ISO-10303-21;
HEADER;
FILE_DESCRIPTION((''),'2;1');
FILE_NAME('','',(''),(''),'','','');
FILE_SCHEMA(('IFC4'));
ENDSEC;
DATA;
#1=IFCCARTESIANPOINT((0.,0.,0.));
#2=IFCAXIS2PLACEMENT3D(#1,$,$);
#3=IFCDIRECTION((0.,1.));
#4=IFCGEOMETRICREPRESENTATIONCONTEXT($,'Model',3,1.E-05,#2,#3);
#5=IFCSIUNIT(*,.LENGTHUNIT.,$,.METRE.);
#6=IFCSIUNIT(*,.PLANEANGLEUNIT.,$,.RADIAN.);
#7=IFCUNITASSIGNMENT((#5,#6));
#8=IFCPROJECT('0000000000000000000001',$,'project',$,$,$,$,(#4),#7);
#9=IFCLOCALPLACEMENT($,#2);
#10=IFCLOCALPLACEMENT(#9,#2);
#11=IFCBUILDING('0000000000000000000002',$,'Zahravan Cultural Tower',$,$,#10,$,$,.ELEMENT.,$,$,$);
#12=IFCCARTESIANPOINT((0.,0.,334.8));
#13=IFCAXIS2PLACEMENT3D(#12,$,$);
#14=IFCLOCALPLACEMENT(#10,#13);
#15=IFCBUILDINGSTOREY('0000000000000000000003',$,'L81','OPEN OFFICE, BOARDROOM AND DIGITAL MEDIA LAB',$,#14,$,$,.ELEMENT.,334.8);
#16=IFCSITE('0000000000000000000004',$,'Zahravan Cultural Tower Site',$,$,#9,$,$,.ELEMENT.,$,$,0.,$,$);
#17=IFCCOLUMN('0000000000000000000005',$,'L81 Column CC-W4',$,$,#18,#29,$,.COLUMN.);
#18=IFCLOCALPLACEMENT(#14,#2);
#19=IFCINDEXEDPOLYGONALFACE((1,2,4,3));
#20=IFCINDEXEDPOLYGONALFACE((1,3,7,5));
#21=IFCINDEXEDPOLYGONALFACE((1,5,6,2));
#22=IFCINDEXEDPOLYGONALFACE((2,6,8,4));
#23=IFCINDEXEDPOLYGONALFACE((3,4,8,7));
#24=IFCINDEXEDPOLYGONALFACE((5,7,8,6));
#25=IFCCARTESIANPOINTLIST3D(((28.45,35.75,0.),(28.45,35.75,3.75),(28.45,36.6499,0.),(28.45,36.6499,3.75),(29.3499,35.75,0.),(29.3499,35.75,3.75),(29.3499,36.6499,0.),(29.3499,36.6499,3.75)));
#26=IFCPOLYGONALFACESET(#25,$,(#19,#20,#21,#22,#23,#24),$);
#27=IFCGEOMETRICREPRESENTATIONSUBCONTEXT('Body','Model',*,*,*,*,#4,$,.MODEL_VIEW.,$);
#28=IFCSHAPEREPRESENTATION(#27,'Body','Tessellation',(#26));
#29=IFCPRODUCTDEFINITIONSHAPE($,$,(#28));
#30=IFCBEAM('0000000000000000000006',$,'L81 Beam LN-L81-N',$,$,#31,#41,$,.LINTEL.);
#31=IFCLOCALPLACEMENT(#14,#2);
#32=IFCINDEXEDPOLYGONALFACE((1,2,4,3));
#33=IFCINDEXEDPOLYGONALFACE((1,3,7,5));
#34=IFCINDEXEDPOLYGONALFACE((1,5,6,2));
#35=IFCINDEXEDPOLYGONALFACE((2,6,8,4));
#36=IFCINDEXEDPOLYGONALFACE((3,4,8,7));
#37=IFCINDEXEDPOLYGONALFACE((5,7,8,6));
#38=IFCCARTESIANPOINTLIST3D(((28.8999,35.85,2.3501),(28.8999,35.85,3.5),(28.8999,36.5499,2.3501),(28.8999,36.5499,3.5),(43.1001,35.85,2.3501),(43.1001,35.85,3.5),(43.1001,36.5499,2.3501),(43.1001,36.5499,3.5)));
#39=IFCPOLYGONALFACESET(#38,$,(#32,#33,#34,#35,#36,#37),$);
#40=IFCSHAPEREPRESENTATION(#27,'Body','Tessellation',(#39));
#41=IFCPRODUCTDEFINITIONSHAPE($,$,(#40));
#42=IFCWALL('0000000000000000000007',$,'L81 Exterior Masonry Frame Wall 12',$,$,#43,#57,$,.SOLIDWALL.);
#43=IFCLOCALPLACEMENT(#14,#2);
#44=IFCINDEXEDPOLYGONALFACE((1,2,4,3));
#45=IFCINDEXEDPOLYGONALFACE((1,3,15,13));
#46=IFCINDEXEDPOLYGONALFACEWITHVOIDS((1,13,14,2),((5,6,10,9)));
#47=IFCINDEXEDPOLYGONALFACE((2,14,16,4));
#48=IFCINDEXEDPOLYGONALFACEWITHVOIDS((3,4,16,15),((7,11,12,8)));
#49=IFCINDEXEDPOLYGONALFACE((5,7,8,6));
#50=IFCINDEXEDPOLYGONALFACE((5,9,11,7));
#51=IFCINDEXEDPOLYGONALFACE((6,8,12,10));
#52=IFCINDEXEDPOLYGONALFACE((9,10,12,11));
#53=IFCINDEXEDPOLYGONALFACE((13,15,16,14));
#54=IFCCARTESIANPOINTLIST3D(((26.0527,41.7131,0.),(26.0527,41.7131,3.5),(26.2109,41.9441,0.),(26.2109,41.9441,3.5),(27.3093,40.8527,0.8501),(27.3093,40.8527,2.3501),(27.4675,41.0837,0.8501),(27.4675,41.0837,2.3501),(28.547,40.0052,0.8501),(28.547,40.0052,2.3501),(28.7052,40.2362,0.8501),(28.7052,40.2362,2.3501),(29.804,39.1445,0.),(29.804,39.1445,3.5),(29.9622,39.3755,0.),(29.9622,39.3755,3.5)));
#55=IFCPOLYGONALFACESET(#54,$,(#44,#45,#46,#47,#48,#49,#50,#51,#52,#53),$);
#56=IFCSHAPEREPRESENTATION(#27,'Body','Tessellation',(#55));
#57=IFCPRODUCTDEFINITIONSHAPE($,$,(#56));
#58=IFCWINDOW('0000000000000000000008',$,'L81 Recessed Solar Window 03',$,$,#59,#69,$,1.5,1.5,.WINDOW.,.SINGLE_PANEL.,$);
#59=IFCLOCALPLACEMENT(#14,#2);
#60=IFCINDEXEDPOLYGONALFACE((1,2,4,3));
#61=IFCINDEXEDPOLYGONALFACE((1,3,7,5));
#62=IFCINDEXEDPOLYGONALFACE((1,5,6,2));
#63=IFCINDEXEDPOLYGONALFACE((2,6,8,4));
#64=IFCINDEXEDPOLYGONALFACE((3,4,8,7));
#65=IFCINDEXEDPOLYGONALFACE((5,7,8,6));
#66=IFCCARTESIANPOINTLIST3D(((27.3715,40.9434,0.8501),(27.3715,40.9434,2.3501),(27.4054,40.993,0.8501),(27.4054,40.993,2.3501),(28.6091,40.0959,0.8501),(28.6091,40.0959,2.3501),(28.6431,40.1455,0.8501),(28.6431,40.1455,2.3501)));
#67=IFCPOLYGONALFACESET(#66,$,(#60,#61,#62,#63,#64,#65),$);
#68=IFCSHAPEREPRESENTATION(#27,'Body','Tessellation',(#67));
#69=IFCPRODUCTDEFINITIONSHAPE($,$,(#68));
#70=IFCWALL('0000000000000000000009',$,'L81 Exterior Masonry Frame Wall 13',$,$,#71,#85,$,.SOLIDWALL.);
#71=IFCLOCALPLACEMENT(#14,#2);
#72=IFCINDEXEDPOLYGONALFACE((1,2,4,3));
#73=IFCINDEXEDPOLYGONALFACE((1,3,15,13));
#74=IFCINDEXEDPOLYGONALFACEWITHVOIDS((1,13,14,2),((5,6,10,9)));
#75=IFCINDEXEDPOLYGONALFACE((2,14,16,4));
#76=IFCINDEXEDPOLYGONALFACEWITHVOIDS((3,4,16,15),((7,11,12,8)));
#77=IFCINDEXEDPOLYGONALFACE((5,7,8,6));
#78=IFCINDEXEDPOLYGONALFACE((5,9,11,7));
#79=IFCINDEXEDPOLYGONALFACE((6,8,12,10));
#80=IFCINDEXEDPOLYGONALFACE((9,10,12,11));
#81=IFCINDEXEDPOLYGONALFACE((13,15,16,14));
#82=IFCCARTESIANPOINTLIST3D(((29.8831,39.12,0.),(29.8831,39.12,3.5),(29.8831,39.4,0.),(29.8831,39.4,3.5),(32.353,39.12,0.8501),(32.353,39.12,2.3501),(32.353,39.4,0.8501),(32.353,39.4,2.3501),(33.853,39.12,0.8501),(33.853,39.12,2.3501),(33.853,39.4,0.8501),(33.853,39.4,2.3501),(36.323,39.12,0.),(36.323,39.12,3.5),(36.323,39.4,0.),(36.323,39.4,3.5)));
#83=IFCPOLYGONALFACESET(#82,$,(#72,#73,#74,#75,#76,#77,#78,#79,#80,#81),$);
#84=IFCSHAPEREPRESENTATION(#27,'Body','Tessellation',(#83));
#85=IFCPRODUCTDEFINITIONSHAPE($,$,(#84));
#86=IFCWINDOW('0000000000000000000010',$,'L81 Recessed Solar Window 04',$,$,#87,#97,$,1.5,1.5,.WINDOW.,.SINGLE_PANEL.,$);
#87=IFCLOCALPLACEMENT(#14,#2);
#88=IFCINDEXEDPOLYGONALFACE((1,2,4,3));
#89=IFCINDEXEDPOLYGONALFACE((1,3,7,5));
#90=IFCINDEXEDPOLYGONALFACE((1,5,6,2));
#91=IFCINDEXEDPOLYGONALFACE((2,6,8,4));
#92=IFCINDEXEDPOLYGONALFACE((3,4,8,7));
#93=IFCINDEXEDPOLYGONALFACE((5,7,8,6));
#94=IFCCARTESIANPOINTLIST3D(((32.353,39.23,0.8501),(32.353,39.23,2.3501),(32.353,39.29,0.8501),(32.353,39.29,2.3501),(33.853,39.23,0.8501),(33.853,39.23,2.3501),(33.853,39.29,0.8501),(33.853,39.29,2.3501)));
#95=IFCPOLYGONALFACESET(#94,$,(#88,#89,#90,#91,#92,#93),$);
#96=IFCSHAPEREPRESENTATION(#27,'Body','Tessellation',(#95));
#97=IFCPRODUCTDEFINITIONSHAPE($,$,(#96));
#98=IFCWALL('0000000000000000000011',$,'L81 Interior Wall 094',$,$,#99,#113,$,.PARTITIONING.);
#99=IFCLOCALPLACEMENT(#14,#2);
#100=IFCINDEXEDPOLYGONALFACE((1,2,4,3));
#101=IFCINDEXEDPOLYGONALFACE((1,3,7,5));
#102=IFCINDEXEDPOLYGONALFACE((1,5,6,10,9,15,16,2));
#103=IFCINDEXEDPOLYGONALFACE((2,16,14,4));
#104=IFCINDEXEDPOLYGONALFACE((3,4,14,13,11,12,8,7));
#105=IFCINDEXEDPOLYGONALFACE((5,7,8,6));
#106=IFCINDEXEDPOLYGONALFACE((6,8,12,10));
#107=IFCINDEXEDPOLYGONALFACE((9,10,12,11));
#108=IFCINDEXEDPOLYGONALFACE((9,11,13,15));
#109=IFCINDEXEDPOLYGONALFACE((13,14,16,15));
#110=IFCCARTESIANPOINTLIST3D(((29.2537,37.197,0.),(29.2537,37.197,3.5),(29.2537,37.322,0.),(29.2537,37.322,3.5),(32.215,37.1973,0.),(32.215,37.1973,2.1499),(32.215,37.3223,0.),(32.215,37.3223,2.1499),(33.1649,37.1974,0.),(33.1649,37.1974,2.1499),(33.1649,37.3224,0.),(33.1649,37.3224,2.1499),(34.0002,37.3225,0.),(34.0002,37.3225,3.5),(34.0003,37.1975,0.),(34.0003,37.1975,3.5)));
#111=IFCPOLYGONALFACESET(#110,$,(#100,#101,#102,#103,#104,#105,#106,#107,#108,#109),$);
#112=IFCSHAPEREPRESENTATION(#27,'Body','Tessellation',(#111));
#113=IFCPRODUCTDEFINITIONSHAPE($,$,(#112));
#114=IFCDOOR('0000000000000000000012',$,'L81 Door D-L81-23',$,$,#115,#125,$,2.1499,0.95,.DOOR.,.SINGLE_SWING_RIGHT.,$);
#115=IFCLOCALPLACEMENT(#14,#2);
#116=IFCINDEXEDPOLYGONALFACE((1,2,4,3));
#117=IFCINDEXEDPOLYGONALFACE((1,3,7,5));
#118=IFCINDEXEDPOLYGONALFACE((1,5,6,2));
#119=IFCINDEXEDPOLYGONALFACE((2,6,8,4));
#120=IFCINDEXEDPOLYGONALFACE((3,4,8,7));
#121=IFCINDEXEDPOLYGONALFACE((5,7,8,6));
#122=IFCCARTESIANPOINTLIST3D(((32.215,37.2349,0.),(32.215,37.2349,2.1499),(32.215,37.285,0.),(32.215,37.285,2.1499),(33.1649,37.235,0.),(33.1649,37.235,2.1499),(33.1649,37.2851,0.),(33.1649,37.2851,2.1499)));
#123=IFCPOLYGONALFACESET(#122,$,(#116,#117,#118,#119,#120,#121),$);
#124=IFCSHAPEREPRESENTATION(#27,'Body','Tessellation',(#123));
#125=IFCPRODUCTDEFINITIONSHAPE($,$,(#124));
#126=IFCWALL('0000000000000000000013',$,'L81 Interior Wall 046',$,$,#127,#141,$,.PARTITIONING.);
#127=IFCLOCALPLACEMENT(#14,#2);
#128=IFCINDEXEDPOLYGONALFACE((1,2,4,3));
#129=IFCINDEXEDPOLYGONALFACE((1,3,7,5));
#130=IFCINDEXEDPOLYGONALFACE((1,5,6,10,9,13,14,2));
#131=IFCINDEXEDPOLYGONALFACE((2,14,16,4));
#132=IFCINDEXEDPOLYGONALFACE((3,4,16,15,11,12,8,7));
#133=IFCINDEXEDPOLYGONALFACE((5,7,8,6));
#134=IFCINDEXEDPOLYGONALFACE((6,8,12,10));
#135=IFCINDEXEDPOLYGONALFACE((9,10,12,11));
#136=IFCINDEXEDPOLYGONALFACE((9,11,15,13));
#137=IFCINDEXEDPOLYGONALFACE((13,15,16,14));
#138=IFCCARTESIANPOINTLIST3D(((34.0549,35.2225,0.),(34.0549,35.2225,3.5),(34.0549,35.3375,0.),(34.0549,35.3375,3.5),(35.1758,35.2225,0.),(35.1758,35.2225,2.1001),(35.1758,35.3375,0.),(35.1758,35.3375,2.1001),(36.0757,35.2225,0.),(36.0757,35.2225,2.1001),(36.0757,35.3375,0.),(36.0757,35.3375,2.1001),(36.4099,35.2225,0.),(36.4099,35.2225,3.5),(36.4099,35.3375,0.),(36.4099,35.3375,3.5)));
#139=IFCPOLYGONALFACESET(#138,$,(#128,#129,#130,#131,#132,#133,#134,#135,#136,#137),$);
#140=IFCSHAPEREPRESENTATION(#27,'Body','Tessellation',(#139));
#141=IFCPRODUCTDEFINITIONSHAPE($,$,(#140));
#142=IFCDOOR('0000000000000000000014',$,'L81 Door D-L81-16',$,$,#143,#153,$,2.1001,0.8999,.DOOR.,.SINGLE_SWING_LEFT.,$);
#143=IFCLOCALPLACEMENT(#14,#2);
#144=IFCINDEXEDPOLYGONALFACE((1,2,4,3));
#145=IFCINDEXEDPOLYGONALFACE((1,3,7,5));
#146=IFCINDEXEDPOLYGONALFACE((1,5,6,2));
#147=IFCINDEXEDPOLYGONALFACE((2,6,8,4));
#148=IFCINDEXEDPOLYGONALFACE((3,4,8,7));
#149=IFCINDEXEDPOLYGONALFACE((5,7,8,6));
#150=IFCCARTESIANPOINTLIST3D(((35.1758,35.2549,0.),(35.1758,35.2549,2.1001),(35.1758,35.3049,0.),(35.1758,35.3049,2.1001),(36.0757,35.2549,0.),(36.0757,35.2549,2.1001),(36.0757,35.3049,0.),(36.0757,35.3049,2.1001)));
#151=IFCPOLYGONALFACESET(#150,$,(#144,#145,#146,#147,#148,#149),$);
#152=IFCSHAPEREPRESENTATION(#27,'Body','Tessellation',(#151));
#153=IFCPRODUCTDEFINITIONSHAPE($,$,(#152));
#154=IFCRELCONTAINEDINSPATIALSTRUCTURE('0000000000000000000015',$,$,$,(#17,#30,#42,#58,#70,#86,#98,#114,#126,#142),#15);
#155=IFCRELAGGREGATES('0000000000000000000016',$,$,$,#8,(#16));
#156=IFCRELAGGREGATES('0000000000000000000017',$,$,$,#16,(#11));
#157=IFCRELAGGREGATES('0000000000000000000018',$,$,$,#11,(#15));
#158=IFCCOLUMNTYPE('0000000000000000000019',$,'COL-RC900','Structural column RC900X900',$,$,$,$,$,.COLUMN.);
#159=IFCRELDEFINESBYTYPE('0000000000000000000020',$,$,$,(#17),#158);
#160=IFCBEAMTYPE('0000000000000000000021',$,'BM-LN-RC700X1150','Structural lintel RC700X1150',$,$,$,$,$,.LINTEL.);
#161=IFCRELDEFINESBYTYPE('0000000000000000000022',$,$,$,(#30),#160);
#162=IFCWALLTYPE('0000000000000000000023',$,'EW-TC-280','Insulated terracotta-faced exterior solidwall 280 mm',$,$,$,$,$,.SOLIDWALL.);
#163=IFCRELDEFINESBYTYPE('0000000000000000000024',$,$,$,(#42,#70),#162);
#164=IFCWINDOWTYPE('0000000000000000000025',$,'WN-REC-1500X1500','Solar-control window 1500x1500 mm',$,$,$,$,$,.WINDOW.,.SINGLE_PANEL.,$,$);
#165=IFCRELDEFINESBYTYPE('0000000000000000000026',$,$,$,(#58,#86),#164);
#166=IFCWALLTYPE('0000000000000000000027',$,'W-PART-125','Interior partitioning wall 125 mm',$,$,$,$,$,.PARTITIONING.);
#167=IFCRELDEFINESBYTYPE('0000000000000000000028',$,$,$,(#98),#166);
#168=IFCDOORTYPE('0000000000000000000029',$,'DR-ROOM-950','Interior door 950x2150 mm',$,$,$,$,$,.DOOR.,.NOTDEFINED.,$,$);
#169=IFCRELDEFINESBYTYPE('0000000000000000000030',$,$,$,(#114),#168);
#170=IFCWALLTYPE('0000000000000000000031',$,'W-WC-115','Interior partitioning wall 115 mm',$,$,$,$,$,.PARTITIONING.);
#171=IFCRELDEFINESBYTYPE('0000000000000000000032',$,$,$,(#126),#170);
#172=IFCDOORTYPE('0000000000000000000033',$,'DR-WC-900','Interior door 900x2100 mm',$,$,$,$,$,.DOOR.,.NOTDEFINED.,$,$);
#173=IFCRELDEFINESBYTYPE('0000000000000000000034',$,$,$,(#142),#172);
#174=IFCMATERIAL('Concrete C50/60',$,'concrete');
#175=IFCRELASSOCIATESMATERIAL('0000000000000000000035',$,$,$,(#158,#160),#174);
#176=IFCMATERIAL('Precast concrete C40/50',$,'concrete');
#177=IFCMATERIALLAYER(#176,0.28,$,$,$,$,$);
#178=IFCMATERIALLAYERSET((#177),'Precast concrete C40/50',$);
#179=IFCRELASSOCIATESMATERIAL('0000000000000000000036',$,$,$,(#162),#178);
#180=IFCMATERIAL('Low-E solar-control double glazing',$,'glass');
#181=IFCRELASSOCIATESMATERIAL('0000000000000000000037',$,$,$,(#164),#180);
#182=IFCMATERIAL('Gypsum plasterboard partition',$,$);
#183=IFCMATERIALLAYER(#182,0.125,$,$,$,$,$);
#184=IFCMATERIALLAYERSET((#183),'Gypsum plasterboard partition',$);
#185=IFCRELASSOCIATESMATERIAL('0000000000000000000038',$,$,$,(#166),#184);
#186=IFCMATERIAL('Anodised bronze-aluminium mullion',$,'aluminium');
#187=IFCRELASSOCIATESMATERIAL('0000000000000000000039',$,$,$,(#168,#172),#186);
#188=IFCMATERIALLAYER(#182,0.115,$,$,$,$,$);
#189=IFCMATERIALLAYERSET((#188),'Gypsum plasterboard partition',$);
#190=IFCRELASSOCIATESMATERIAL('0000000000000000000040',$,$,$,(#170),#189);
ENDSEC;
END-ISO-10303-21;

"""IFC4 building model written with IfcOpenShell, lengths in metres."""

from ifc_helpers import new_model, si_unit, direction, frame, frame_2d, origin, origin_2d, place, context, subcontext, project, spatial, rectangle, extrude, source, transform, mapped, material, layer, layer_set, material_profile, profile_set, type_object, element, fill, save


model = new_model("IFC4")

# Units and contexts
model_context = context("Model", 3, precision=1e-05, world=origin(), true_north=direction((0.0, 1.0)))
body_context = subcontext(model_context, "Body", "Model", "MODEL_VIEW")
ifc_project = project(units=[si_unit("LENGTHUNIT", "METRE"), si_unit("PLANEANGLEUNIT", "RADIAN")], contexts=[model_context])

# Site, building, storey
site_placement = place(None, origin())
site = spatial("IfcSite", under=ifc_project, at=site_placement, Name="Zahravan Cultural Tower Site", CompositionType="ELEMENT", RefElevation=0.0)
building_placement = place(site_placement, origin())
building = spatial("IfcBuilding", under=site, at=building_placement, Name="Zahravan Cultural Tower", CompositionType="ELEMENT")
storey_placement = place(building_placement, frame((0.0, 0.0, 334.8)))
storey = spatial("IfcBuildingStorey", under=building, at=storey_placement, Name="L81", Description="OPEN OFFICE, BOARDROOM AND DIGITAL MEDIA LAB", CompositionType="ELEMENT", Elevation=334.8)

# Column
ifc_material_1 = material(Name="Concrete C50/60", Category="concrete")
ifc_material_profile_1 = material_profile(ifc_material_1, rectangle(XDim=0.8999, YDim=0.8999, at=origin_2d()), Name="RC900X900")
ifc_profile_set_1 = profile_set([ifc_material_profile_1], Name="Concrete C50/60")
column_type = type_object("IfcColumnType", Name="COL-RC900", Description="Structural column RC900X900", PredefinedType="COLUMN", material=ifc_profile_set_1)
shared_shape_1 = source(origin(), body_context, "Body", "SweptSolid", [
    extrude(rectangle(XDim=0.8999, YDim=0.8999, at=origin_2d()), origin(), (0.0, 0.0, 1.0), 3.75),
])
column_placement = place(storey_placement, frame((28.8999, 36.2, 0.0), z_axis=(0.0, 0.0, 1.0), x_axis=(1.0, 0.0, 0.0)))
element("IfcColumn", 1, at=column_placement, inside=storey, type_object=column_type, Name="L81 Column CC-W4", PredefinedType="COLUMN", context=body_context, shape_type="MappedRepresentation", body=[
    mapped(shared_shape_1, transform((0.0, 0.0, 0.0), x_axis=(1.0, 0.0, 0.0), y_axis=(0.0, 1.0, 0.0), z_axis=(0.0, 0.0, 1.0), scale=1.0)),
])

# Beam
ifc_material_profile_2 = material_profile(ifc_material_1, rectangle(XDim=0.7, YDim=1.1499, at=origin_2d()), Name="RC700X1150")
ifc_profile_set_2 = profile_set([ifc_material_profile_2], Name="Concrete C50/60")
beam_type = type_object("IfcBeamType", Name="BM-LN-RC700X1150", Description="Structural lintel RC700X1150", PredefinedType="LINTEL", material=ifc_profile_set_2)
shared_shape_2 = source(origin(), body_context, "Body", "SweptSolid", [
    extrude(rectangle(XDim=0.7, YDim=1.1499, at=origin_2d()), origin(), (0.0, 0.0, 1.0), 14.2002),
])
beam_placement = place(storey_placement, frame((28.8999, 36.2, 2.925), z_axis=(1.0, 0.0, 0.0), x_axis=(0.0, 1.0, 0.0)))
element("IfcBeam", 2, at=beam_placement, inside=storey, type_object=beam_type, Name="L81 Beam LN-L81-N", PredefinedType="LINTEL", context=body_context, shape_type="MappedRepresentation", body=[
    mapped(shared_shape_2, transform((0.0, 0.0, 0.0), x_axis=(1.0, 0.0, 0.0), y_axis=(0.0, 1.0, 0.0), z_axis=(0.0, 0.0, 1.0), scale=1.0)),
])

# Walls, openings, windows
ifc_material_2 = material(Name="Precast concrete C40/50", Category="concrete")
ifc_layer_1 = layer(ifc_material_2, 0.28)
ifc_layer_set_1 = layer_set([ifc_layer_1], Name="Precast concrete C40/50")
wall_type_1 = type_object("IfcWallType", Name="EW-TC-280", Description="Insulated terracotta-faced exterior solidwall 280 mm", PredefinedType="SOLIDWALL", material=ifc_layer_set_1)
wall_1_placement = place(storey_placement, frame((26.1318, 41.8286, 0.0), z_axis=(0.0, 0.0, 1.0), x_axis=(0.825104, -0.56498, 0.0)))
wall_1 = element("IfcWall", 3, at=wall_1_placement, inside=storey, type_object=wall_type_1, Name="L81 Exterior Masonry Frame Wall 12", PredefinedType="SOLIDWALL", context=body_context, shape_type="SweptSolid", body=[
    extrude(rectangle(XDim=4.5464, YDim=0.28, at=frame_2d((2.2732, 0.0))), origin(), (0.0, 0.0, 1.0), 3.5),
])
opening_1_placement = place(wall_1_placement, frame((1.5229, 0.0, 0.8501)))
opening_1 = element("IfcOpeningElement", 4, at=opening_1_placement, cuts=wall_1, PredefinedType="OPENING", context=body_context, shape_type="SweptSolid", body=[
    extrude(rectangle(XDim=1.5, YDim=1.5, at=frame_2d((0.75, 0.75))), frame((0.0, 0.1499, 0.0), z_axis=(0.0, -1.0, 0.0), x_axis=(1.0, 0.0, 0.0)), (0.0, 0.0, 1.0), 0.3),
])
ifc_material_3 = material(Name="Low-E solar-control double glazing", Category="glass")
window_type = type_object("IfcWindowType", Name="WN-REC-1500X1500", Description="Solar-control window 1500x1500 mm", PartitioningType="SINGLE_PANEL", PredefinedType="WINDOW", material=ifc_material_3)
shared_shape_3 = source(origin(), body_context, "Body", "SweptSolid", [
    extrude(rectangle(XDim=1.5, YDim=1.5, at=frame_2d((0.75, 0.75))), frame((0.0, 0.03, 0.0), z_axis=(0.0, -1.0, 0.0), x_axis=(1.0, 0.0, 0.0)), (0.0, 0.0, 1.0), 0.0601),
])
window_1_placement = place(opening_1_placement, origin())
window_1 = element("IfcWindow", 5, at=window_1_placement, inside=storey, type_object=window_type, Name="L81 Recessed Solar Window 03", OverallHeight=1.5, OverallWidth=1.5, PartitioningType="SINGLE_PANEL", PredefinedType="WINDOW", context=body_context, shape_type="MappedRepresentation", body=[
    mapped(shared_shape_3, transform((0.0, 0.0, 0.0), x_axis=(1.0, 0.0, 0.0), y_axis=(0.0, 1.0, 0.0), z_axis=(0.0, 0.0, 1.0), scale=1.0)),
])
fill(opening_1, window_1)
wall_2_placement = place(storey_placement, frame((29.8831, 39.26, 0.0), z_axis=(0.0, 0.0, 1.0), x_axis=(1.0, 0.0, 0.0)))
wall_2 = element("IfcWall", 6, at=wall_2_placement, inside=storey, type_object=wall_type_1, Name="L81 Exterior Masonry Frame Wall 13", PredefinedType="SOLIDWALL", context=body_context, shape_type="SweptSolid", body=[
    extrude(rectangle(XDim=6.4399, YDim=0.28, at=frame_2d((3.22, 0.0))), origin(), (0.0, 0.0, 1.0), 3.5),
])
opening_2_placement = place(wall_2_placement, frame((2.47, 0.0, 0.8501)))
opening_2 = element("IfcOpeningElement", 7, at=opening_2_placement, cuts=wall_2, PredefinedType="OPENING", context=body_context, shape_type="SweptSolid", body=[
    extrude(rectangle(XDim=1.5, YDim=1.5, at=frame_2d((0.75, 0.75))), frame((0.0, 0.1499, 0.0), z_axis=(0.0, -1.0, 0.0), x_axis=(1.0, 0.0, 0.0)), (0.0, 0.0, 1.0), 0.3),
])
window_2_placement = place(opening_2_placement, origin())
window_2 = element("IfcWindow", 8, at=window_2_placement, inside=storey, type_object=window_type, Name="L81 Recessed Solar Window 04", OverallHeight=1.5, OverallWidth=1.5, PartitioningType="SINGLE_PANEL", PredefinedType="WINDOW", context=body_context, shape_type="MappedRepresentation", body=[
    mapped(shared_shape_3, transform((0.0, 0.0, 0.0), x_axis=(1.0, 0.0, 0.0), y_axis=(0.0, 1.0, 0.0), z_axis=(0.0, 0.0, 1.0), scale=1.0)),
])
fill(opening_2, window_2)

# Walls, openings, doors
ifc_material_4 = material(Name="Gypsum plasterboard partition")
ifc_layer_2 = layer(ifc_material_4, 0.125)
ifc_layer_set_2 = layer_set([ifc_layer_2], Name="Gypsum plasterboard partition")
wall_type_2 = type_object("IfcWallType", Name="W-PART-125", Description="Interior partitioning wall 125 mm", PredefinedType="PARTITIONING", material=ifc_layer_set_2)
wall_3_placement = place(storey_placement, frame((34.0002, 37.26, 0.0), z_axis=(0.0, 0.0, 1.0), x_axis=(-1.0, -0.000103, 0.0)))
wall_3 = element("IfcWall", 9, at=wall_3_placement, inside=storey, type_object=wall_type_2, Name="L81 Interior Wall 094", PredefinedType="PARTITIONING", context=body_context, shape_type="SweptSolid", body=[
    extrude(rectangle(XDim=4.7466, YDim=0.125, at=frame_2d((2.3733, 0.0))), origin(), (0.0, 0.0, 1.0), 3.5),
])
opening_3_placement = place(wall_3_placement, frame((0.8352, 0.0, 0.0)))
opening_3 = element("IfcOpeningElement", 10, at=opening_3_placement, cuts=wall_3, PredefinedType="OPENING", context=body_context, shape_type="SweptSolid", body=[
    extrude(rectangle(XDim=0.95, YDim=2.1499, at=frame_2d((0.4751, 1.075))), frame((0.0, 0.0725, 0.0), z_axis=(0.0, -1.0, 0.0), x_axis=(1.0, 0.0, 0.0)), (0.0, 0.0, 1.0), 0.145),
])
ifc_material_5 = material(Name="Anodised bronze-aluminium mullion", Category="aluminium")
door_type_1 = type_object("IfcDoorType", Name="DR-ROOM-950", Description="Interior door 950x2150 mm", OperationType="NOTDEFINED", PredefinedType="DOOR", material=ifc_material_5)
shared_shape_4 = source(origin(), body_context, "Body", "SweptSolid", [
    extrude(rectangle(XDim=0.95, YDim=2.1499, at=frame_2d((0.4751, 1.075))), frame((0.0, 0.0249, 0.0), z_axis=(0.0, -1.0, 0.0), x_axis=(1.0, 0.0, 0.0)), (0.0, 0.0, 1.0), 0.05),
])
door_1_placement = place(opening_3_placement, origin())
door_1 = element("IfcDoor", 11, at=door_1_placement, inside=storey, type_object=door_type_1, Name="L81 Door D-L81-23", OperationType="SINGLE_SWING_RIGHT", OverallHeight=2.1499, OverallWidth=0.95, PredefinedType="DOOR", context=body_context, shape_type="MappedRepresentation", body=[
    mapped(shared_shape_4, transform((0.0, 0.0, 0.0), x_axis=(1.0, 0.0, 0.0), y_axis=(0.0, 1.0, 0.0), z_axis=(0.0, 0.0, 1.0), scale=1.0)),
])
fill(opening_3, door_1)
ifc_layer_3 = layer(ifc_material_4, 0.115)
ifc_layer_set_3 = layer_set([ifc_layer_3], Name="Gypsum plasterboard partition")
wall_type_3 = type_object("IfcWallType", Name="W-WC-115", Description="Interior partitioning wall 115 mm", PredefinedType="PARTITIONING", material=ifc_layer_set_3)
wall_4_placement = place(storey_placement, frame((34.0549, 35.28, 0.0), z_axis=(0.0, 0.0, 1.0), x_axis=(1.0, 0.0, 0.0)))
wall_4 = element("IfcWall", 12, at=wall_4_placement, inside=storey, type_object=wall_type_3, Name="L81 Interior Wall 046", PredefinedType="PARTITIONING", context=body_context, shape_type="SweptSolid", body=[
    extrude(rectangle(XDim=2.355, YDim=0.115, at=frame_2d((1.1775, 0.0))), origin(), (0.0, 0.0, 1.0), 3.5),
])
opening_4_placement = place(wall_4_placement, frame((1.1208, 0.0, 0.0)))
opening_4 = element("IfcOpeningElement", 13, at=opening_4_placement, cuts=wall_4, PredefinedType="OPENING", context=body_context, shape_type="SweptSolid", body=[
    extrude(rectangle(XDim=0.8999, YDim=2.1001, at=frame_2d((0.45, 1.05))), frame((0.0, 0.0674, 0.0), z_axis=(0.0, -1.0, 0.0), x_axis=(1.0, 0.0, 0.0)), (0.0, 0.0, 1.0), 0.135),
])
door_type_2 = type_object("IfcDoorType", Name="DR-WC-900", Description="Interior door 900x2100 mm", OperationType="NOTDEFINED", PredefinedType="DOOR", material=ifc_material_5)
shared_shape_5 = source(origin(), body_context, "Body", "SweptSolid", [
    extrude(rectangle(XDim=0.8999, YDim=2.1001, at=frame_2d((0.45, 1.05))), frame((0.0, 0.0249, 0.0), z_axis=(0.0, -1.0, 0.0), x_axis=(1.0, 0.0, 0.0)), (0.0, 0.0, 1.0), 0.05),
])
door_2_placement = place(opening_4_placement, origin())
door_2 = element("IfcDoor", 14, at=door_2_placement, inside=storey, type_object=door_type_2, Name="L81 Door D-L81-16", OperationType="SINGLE_SWING_LEFT", OverallHeight=2.1001, OverallWidth=0.8999, PredefinedType="DOOR", context=body_context, shape_type="MappedRepresentation", body=[
    mapped(shared_shape_5, transform((0.0, 0.0, 0.0), x_axis=(1.0, 0.0, 0.0), y_axis=(0.0, 1.0, 0.0), z_axis=(0.0, 0.0, 1.0), scale=1.0)),
])
fill(opening_4, door_2)

save(model, "model.ifc")
